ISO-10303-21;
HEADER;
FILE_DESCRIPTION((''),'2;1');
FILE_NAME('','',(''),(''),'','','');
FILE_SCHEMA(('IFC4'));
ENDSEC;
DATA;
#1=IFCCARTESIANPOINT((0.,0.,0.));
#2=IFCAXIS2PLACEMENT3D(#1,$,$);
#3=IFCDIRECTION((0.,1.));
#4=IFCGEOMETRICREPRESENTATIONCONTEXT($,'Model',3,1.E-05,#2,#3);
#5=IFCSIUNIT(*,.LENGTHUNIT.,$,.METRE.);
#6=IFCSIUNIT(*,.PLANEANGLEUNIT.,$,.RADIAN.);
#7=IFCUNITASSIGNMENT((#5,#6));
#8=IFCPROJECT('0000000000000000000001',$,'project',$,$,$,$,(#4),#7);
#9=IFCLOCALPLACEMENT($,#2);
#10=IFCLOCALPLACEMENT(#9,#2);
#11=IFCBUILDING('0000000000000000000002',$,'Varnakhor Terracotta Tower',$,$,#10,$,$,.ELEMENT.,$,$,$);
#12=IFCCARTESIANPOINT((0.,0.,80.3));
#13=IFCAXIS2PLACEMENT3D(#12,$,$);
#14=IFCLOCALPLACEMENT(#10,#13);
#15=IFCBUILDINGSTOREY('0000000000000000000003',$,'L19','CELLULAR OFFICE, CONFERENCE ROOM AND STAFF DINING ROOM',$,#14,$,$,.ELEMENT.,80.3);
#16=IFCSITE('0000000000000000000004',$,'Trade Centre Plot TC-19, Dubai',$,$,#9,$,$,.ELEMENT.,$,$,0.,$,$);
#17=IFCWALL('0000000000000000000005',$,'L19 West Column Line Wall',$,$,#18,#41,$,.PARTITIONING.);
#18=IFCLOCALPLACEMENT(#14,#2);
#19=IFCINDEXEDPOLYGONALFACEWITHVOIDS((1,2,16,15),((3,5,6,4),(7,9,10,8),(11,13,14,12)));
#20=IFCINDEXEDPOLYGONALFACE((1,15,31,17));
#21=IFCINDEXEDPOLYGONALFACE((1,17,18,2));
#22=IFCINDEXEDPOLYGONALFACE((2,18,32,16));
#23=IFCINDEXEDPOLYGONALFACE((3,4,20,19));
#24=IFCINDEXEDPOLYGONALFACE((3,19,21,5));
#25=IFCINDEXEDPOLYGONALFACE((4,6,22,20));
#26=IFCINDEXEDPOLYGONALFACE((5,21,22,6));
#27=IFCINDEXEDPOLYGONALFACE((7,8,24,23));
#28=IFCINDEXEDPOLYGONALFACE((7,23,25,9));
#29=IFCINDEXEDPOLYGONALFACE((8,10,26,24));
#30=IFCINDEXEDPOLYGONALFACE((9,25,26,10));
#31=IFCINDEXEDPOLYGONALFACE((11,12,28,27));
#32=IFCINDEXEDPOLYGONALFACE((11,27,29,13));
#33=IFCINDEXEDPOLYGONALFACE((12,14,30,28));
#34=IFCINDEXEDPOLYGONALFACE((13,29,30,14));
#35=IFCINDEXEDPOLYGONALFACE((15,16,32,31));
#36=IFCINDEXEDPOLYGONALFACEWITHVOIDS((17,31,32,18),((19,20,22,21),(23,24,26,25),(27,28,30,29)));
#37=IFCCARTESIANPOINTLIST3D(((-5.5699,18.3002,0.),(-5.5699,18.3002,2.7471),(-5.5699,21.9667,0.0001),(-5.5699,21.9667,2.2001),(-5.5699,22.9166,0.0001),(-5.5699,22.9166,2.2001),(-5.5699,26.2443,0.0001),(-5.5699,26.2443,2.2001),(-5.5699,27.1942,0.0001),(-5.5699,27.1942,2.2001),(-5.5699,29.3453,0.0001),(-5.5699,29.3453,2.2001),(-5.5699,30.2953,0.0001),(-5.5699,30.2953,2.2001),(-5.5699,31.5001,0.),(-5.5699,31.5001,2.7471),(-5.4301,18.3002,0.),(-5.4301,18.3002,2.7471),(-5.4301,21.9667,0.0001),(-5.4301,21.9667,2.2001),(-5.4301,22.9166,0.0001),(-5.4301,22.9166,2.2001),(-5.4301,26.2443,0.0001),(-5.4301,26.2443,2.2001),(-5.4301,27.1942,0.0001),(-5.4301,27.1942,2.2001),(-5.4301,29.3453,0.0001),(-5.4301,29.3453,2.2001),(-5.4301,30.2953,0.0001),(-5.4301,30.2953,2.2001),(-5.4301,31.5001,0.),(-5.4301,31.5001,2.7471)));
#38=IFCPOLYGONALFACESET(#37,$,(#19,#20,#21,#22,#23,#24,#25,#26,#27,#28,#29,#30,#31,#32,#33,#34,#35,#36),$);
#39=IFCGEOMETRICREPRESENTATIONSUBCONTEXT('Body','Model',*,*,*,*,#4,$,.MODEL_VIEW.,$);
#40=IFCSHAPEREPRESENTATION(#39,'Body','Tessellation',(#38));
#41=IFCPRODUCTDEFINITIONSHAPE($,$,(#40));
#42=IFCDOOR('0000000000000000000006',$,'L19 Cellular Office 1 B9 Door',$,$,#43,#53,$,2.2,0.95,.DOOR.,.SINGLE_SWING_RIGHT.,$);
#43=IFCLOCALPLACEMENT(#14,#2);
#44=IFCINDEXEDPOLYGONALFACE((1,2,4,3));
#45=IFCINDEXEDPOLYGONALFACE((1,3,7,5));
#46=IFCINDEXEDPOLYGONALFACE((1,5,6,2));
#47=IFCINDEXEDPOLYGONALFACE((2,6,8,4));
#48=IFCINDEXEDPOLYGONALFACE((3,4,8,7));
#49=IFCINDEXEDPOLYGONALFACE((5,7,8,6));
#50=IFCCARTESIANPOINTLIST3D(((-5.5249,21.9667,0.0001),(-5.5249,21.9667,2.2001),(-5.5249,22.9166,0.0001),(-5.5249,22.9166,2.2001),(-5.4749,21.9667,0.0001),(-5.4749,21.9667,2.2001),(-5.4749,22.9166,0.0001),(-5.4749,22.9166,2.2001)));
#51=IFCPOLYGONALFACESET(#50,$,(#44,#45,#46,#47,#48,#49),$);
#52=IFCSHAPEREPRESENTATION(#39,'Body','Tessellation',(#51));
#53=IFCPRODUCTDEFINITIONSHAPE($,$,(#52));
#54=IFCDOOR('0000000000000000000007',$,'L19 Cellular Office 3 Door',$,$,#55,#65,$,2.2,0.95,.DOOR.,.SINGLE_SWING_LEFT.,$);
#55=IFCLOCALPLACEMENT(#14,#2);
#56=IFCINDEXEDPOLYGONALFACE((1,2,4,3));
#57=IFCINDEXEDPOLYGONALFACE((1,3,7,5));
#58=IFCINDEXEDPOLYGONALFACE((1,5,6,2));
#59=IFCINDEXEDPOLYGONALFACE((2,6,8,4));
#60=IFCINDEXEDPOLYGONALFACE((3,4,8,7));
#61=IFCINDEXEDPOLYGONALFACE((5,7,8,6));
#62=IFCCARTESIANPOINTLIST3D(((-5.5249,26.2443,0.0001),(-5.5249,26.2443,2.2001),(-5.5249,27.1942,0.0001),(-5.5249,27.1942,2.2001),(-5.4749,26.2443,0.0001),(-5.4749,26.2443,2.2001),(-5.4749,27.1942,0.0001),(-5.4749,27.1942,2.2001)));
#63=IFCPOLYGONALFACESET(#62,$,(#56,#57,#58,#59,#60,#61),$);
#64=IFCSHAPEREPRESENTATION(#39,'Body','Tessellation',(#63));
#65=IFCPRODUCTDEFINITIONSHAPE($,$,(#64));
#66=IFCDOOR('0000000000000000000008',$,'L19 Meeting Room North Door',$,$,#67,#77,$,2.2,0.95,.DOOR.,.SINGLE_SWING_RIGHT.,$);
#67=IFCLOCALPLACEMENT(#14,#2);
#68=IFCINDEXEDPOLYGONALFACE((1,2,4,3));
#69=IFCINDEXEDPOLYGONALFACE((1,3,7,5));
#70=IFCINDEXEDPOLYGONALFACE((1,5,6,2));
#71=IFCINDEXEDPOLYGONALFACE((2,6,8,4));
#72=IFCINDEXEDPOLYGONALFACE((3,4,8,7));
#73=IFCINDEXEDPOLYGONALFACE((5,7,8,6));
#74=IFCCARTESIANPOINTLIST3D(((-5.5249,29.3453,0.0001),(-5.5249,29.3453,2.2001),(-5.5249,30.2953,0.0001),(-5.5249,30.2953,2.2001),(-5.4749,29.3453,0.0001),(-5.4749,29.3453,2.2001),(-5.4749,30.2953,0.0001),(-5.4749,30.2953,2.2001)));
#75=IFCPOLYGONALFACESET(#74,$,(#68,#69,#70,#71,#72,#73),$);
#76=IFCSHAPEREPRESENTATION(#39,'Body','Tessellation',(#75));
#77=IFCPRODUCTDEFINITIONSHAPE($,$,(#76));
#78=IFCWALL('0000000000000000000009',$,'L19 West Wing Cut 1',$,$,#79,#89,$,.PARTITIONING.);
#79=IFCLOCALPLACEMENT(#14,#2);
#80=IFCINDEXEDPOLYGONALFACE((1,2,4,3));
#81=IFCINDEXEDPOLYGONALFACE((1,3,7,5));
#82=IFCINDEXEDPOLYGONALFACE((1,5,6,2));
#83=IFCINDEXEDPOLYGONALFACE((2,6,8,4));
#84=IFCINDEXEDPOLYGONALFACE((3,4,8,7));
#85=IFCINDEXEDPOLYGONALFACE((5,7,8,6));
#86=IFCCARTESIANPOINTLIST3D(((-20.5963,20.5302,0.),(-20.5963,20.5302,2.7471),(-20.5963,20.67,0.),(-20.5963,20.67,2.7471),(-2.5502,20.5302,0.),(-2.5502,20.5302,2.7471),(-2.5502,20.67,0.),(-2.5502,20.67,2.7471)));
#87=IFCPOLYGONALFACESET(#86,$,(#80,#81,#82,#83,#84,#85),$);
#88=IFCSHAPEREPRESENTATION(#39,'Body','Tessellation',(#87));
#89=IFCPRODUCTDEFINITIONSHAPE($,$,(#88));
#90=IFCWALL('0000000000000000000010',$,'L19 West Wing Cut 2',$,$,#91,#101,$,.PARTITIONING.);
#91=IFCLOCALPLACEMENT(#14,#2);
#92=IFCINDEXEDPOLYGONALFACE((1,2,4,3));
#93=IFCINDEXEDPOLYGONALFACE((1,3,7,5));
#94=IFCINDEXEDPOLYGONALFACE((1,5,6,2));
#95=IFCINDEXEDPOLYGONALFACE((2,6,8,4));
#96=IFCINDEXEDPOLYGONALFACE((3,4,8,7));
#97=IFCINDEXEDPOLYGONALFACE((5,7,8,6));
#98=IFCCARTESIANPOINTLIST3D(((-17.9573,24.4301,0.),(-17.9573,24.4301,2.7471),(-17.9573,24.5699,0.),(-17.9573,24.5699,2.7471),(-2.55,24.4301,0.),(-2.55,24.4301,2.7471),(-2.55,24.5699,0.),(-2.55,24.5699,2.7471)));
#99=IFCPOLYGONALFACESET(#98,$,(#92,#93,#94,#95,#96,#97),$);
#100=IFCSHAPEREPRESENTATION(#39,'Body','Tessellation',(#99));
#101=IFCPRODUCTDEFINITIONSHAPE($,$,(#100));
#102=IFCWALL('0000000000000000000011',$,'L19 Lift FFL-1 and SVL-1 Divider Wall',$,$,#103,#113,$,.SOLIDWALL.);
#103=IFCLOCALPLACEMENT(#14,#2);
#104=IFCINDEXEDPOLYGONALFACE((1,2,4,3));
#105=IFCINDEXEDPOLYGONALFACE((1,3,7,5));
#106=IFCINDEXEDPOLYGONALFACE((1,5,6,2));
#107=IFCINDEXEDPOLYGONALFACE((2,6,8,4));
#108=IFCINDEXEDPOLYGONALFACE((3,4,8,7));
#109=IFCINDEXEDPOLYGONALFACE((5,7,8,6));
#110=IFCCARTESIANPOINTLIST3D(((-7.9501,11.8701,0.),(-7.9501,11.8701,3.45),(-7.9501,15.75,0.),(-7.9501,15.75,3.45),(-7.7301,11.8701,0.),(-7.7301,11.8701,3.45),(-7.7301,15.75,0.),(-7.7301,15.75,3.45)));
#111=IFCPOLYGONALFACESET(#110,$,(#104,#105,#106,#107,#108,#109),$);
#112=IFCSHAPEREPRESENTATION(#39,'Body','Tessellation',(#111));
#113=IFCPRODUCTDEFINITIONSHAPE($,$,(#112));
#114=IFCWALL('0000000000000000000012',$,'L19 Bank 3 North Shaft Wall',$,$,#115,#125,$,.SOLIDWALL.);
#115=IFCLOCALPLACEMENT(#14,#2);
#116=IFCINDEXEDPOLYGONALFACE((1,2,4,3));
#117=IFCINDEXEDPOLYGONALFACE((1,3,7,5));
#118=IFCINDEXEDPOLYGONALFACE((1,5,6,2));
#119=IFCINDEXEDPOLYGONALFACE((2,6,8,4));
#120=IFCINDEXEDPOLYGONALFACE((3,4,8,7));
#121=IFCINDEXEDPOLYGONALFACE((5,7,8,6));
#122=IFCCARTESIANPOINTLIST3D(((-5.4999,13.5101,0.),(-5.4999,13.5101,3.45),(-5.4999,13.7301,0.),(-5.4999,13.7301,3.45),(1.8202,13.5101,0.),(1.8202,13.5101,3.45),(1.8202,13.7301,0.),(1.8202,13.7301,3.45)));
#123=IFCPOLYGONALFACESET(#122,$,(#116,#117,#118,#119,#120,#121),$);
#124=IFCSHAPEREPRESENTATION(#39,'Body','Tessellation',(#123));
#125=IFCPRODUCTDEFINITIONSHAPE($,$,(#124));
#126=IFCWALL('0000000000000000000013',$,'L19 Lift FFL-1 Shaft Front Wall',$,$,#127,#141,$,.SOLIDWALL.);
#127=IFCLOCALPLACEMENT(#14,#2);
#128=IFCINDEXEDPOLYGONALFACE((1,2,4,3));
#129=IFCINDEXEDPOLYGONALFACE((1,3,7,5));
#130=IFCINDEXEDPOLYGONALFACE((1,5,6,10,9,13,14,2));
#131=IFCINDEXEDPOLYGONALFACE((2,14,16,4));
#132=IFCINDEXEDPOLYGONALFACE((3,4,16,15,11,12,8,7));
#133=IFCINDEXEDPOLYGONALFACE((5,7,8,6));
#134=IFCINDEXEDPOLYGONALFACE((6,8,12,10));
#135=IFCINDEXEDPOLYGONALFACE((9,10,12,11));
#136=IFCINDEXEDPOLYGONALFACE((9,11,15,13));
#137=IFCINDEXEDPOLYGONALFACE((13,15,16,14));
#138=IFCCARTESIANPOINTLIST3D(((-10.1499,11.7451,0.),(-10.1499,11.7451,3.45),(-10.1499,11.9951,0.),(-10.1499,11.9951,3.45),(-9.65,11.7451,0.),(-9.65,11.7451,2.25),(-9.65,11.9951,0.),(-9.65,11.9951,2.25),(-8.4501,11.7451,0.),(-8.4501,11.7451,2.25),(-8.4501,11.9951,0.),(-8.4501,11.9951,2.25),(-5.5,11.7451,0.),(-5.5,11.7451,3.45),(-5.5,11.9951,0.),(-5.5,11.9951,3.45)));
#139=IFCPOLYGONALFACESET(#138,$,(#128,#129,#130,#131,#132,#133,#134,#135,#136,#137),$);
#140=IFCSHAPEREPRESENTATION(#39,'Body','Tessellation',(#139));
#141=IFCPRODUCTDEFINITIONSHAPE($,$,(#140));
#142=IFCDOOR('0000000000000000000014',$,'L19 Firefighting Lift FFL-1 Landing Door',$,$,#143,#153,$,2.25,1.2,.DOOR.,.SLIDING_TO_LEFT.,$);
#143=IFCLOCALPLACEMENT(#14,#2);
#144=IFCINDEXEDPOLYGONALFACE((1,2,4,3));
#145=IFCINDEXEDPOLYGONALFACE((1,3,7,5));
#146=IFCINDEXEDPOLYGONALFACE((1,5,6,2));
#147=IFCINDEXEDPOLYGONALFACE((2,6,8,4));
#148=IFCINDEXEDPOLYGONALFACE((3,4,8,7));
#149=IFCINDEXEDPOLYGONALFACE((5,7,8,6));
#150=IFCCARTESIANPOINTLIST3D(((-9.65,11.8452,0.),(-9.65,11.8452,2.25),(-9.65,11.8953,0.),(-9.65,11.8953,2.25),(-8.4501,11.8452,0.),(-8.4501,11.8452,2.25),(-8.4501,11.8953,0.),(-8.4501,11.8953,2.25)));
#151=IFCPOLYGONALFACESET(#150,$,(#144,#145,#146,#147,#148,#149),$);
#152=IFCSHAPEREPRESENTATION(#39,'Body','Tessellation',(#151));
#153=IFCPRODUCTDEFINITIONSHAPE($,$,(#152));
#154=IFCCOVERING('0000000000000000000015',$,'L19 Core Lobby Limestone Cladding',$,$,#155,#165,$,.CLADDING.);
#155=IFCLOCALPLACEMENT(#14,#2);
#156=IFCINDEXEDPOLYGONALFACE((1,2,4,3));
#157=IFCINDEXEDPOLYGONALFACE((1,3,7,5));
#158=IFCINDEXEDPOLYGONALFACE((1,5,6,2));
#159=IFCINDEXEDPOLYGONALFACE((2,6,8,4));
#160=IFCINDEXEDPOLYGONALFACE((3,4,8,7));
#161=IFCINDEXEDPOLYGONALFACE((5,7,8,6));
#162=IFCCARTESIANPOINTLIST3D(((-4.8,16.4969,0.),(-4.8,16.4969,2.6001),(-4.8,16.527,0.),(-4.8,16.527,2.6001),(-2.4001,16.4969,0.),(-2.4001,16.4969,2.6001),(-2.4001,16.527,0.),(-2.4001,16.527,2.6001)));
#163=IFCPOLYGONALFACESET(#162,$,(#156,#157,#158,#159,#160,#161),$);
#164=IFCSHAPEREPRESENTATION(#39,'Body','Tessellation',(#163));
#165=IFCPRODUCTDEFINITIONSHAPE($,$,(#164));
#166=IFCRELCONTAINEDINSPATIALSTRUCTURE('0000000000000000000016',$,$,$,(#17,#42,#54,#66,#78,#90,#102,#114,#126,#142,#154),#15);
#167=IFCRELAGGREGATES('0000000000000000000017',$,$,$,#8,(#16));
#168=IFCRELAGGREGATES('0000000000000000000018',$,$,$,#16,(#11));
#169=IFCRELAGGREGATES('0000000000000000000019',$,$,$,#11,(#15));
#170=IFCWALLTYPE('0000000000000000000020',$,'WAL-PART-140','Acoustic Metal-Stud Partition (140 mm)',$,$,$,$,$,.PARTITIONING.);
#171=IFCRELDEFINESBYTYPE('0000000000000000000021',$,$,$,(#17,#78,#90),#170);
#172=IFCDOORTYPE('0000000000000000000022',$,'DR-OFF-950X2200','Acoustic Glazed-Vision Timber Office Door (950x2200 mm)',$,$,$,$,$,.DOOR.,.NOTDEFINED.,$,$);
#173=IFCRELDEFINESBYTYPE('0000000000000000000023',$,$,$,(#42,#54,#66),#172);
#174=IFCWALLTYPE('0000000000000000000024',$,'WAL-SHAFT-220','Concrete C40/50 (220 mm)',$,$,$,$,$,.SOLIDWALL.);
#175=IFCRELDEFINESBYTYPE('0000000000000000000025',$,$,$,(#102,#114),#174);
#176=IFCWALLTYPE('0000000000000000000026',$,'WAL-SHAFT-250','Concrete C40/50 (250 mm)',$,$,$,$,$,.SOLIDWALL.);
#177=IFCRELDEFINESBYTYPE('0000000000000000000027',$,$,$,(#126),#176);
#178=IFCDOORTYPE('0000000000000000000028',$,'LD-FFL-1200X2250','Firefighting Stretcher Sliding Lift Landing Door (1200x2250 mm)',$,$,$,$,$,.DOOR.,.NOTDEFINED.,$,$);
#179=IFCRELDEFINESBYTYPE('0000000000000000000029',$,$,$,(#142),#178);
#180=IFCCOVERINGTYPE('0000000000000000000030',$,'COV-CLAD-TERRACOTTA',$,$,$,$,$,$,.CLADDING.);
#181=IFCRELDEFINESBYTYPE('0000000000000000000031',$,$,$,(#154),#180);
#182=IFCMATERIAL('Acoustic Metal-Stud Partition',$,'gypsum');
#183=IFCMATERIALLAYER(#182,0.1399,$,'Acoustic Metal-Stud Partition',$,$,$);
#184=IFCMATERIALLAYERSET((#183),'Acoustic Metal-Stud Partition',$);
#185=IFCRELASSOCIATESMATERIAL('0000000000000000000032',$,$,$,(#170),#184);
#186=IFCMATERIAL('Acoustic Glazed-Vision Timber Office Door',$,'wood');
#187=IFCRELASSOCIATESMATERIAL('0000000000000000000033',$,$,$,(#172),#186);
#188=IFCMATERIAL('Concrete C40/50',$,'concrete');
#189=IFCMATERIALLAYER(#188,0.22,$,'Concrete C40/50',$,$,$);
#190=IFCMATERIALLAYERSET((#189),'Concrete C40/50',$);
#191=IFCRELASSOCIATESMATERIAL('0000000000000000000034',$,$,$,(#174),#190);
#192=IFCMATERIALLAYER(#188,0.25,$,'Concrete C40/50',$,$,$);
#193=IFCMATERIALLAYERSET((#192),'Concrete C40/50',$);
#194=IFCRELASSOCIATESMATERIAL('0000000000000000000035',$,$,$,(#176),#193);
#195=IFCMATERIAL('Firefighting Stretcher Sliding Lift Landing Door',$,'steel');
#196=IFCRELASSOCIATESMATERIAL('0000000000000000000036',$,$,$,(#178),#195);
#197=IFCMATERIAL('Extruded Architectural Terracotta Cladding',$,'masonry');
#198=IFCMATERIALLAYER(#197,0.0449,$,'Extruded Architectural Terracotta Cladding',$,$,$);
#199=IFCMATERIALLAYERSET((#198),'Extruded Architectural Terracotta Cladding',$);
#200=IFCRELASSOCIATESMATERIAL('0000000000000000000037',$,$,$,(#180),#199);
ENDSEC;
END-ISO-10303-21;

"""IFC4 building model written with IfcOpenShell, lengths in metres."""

from ifc_helpers import new_model, si_unit, direction, frame, frame_2d, origin, origin_2d, place, context, subcontext, project, spatial, rectangle, extrude, source, transform, mapped, material, layer, layer_set, type_object, type_shapes, element, fill, save


model = new_model("IFC4")

# Units and contexts
model_context = context("Model", 3, precision=1e-05, world=origin(), true_north=direction((0.0, 1.0)))
body_context = subcontext(model_context, "Body", "Model", "MODEL_VIEW")
ifc_project = project(units=[si_unit("LENGTHUNIT", "METRE"), si_unit("PLANEANGLEUNIT", "RADIAN")], contexts=[model_context])

# Site, building, storey
site_placement = place(None, origin())
site = spatial("IfcSite", under=ifc_project, at=site_placement, Name="Trade Centre Plot TC-19, Dubai", CompositionType="ELEMENT", RefElevation=0.0)
building_placement = place(site_placement, origin())
building = spatial("IfcBuilding", under=site, at=building_placement, Name="Varnakhor Terracotta Tower", CompositionType="ELEMENT")
storey_placement = place(building_placement, frame((0.0, 0.0, 80.3)))
storey = spatial("IfcBuildingStorey", under=building, at=storey_placement, Name="L19", Description="CELLULAR OFFICE, CONFERENCE ROOM AND STAFF DINING ROOM", CompositionType="ELEMENT", Elevation=80.3)

# Wall, openings, doors
ifc_material_1 = material(Name="Acoustic Metal-Stud Partition", Category="gypsum")
ifc_layer_1 = layer(ifc_material_1, 0.1399, Name="Acoustic Metal-Stud Partition")
ifc_layer_set_1 = layer_set([ifc_layer_1], Name="Acoustic Metal-Stud Partition")
wall_type_1 = type_object("IfcWallType", Name="WAL-PART-140", Description="Acoustic Metal-Stud Partition (140 mm)", PredefinedType="PARTITIONING", material=ifc_layer_set_1)
wall_1_placement = place(storey_placement, frame((-5.5, 18.3, 0.0), z_axis=(0.0, 0.0, 1.0), x_axis=(0.0, 1.0, 0.0)))
wall_1 = element("IfcWall", 1, at=wall_1_placement, inside=storey, type_object=wall_type_1, Name="L19 West Column Line Wall", PredefinedType="PARTITIONING", context=body_context, shape_type="SweptSolid", body=[
    extrude(rectangle(XDim=13.2, YDim=0.1399, at=frame_2d((6.6001, 0.0))), origin(), (0.0, 0.0, 1.0), 2.7471),
])
opening_1_placement = place(wall_1_placement, frame((3.6665, 0.0, 0.0)))
opening_1 = element("IfcOpeningElement", 2, at=opening_1_placement, cuts=wall_1, PredefinedType="OPENING", context=body_context, shape_type="SweptSolid", body=[
    extrude(rectangle(XDim=0.95, YDim=2.2, at=frame_2d((0.4751, 1.1001))), frame((0.0, 0.0801, 0.0), z_axis=(0.0, -1.0, 0.0), x_axis=(1.0, 0.0, 0.0)), (0.0, 0.0, 1.0), 0.1599),
])
opening_2_placement = place(wall_1_placement, frame((7.9441, 0.0, 0.0)))
opening_2 = element("IfcOpeningElement", 3, at=opening_2_placement, cuts=wall_1, PredefinedType="OPENING", context=body_context, shape_type="SweptSolid", body=[
    extrude(rectangle(XDim=0.95, YDim=2.2, at=frame_2d((0.4751, 1.1001))), frame((0.0, 0.0801, 0.0), z_axis=(0.0, -1.0, 0.0), x_axis=(1.0, 0.0, 0.0)), (0.0, 0.0, 1.0), 0.1599),
])
opening_3_placement = place(wall_1_placement, frame((11.0452, 0.0, 0.0)))
opening_3 = element("IfcOpeningElement", 4, at=opening_3_placement, cuts=wall_1, PredefinedType="OPENING", context=body_context, shape_type="SweptSolid", body=[
    extrude(rectangle(XDim=0.95, YDim=2.2, at=frame_2d((0.4751, 1.1001))), frame((0.0, 0.0801, 0.0), z_axis=(0.0, -1.0, 0.0), x_axis=(1.0, 0.0, 0.0)), (0.0, 0.0, 1.0), 0.1599),
])
ifc_material_2 = material(Name="Acoustic Glazed-Vision Timber Office Door", Category="wood")
door_type_1 = type_object("IfcDoorType", Name="DR-OFF-950X2200", Description="Acoustic Glazed-Vision Timber Office Door (950x2200 mm)", OperationType="NOTDEFINED", PredefinedType="DOOR", material=ifc_material_2)
shared_shape_1 = source(origin(), body_context, "Body", "SweptSolid", [
    extrude(rectangle(XDim=0.95, YDim=2.2, at=frame_2d((0.4751, 1.1001))), frame((0.0, 0.0249, 0.0), z_axis=(0.0, -1.0, 0.0), x_axis=(1.0, 0.0, 0.0)), (0.0, 0.0, 1.0), 0.05),
])
type_shapes(door_type_1, [shared_shape_1])
door_1_placement = place(opening_1_placement, origin())
door_1 = element("IfcDoor", 5, at=door_1_placement, inside=storey, type_object=door_type_1, Name="L19 Cellular Office 1 B9 Door", OperationType="SINGLE_SWING_RIGHT", OverallHeight=2.2, OverallWidth=0.95, PredefinedType="DOOR", context=body_context, shape_type="MappedRepresentation", body=[
    mapped(shared_shape_1, transform((0.0, 0.0, 0.0), scale=1.0)),
])
fill(opening_1, door_1)
door_2_placement = place(opening_2_placement, origin())
door_2 = element("IfcDoor", 6, at=door_2_placement, inside=storey, type_object=door_type_1, Name="L19 Cellular Office 3 Door", OperationType="SINGLE_SWING_LEFT", OverallHeight=2.2, OverallWidth=0.95, PredefinedType="DOOR", context=body_context, shape_type="MappedRepresentation", body=[
    mapped(shared_shape_1, transform((0.0, 0.0, 0.0), scale=1.0)),
])
fill(opening_2, door_2)
door_3_placement = place(opening_3_placement, origin())
door_3 = element("IfcDoor", 7, at=door_3_placement, inside=storey, type_object=door_type_1, Name="L19 Meeting Room North Door", OperationType="SINGLE_SWING_RIGHT", OverallHeight=2.2, OverallWidth=0.95, PredefinedType="DOOR", context=body_context, shape_type="MappedRepresentation", body=[
    mapped(shared_shape_1, transform((0.0, 0.0, 0.0), scale=1.0)),
])
fill(opening_3, door_3)

# Walls
wall_2_placement = place(storey_placement, frame((-20.5962, 20.6001, 0.0), z_axis=(0.0, 0.0, 1.0), x_axis=(1.0, 0.0, 0.0)))
element("IfcWall", 8, at=wall_2_placement, inside=storey, type_object=wall_type_1, Name="L19 West Wing Cut 1", PredefinedType="PARTITIONING", context=body_context, shape_type="SweptSolid", body=[
    extrude(rectangle(XDim=18.0461, YDim=0.1399, at=frame_2d((9.0229, 0.0))), origin(), (0.0, 0.0, 1.0), 2.7471),
])
wall_3_placement = place(storey_placement, frame((-17.9573, 24.5, 0.0), z_axis=(0.0, 0.0, 1.0), x_axis=(1.0, 0.0, 0.0)))
element("IfcWall", 9, at=wall_3_placement, inside=storey, type_object=wall_type_1, Name="L19 West Wing Cut 2", PredefinedType="PARTITIONING", context=body_context, shape_type="SweptSolid", body=[
    extrude(rectangle(XDim=15.4072, YDim=0.1399, at=frame_2d((7.7036, 0.0))), origin(), (0.0, 0.0, 1.0), 2.7471),
])
ifc_material_3 = material(Name="Concrete C40/50", Category="concrete")
ifc_layer_2 = layer(ifc_material_3, 0.22, Name="Concrete C40/50")
ifc_layer_set_2 = layer_set([ifc_layer_2], Name="Concrete C40/50")
wall_type_2 = type_object("IfcWallType", Name="WAL-SHAFT-220", Description="Concrete C40/50 (220 mm)", PredefinedType="SOLIDWALL", material=ifc_layer_set_2)
wall_4_placement = place(storey_placement, frame((-7.8401, 11.8701, 0.0), z_axis=(0.0, 0.0, 1.0), x_axis=(0.0, 1.0, 0.0)))
element("IfcWall", 10, at=wall_4_placement, inside=storey, type_object=wall_type_2, Name="L19 Lift FFL-1 and SVL-1 Divider Wall", PredefinedType="SOLIDWALL", context=body_context, shape_type="SweptSolid", body=[
    extrude(rectangle(XDim=3.8799, YDim=0.22, at=frame_2d((1.9399, 0.0))), origin(), (0.0, 0.0, 1.0), 3.45),
])
wall_5_placement = place(storey_placement, frame((-5.5, 13.6201, 0.0), z_axis=(0.0, 0.0, 1.0), x_axis=(1.0, 0.0, 0.0)))
element("IfcWall", 11, at=wall_5_placement, inside=storey, type_object=wall_type_2, Name="L19 Bank 3 North Shaft Wall", PredefinedType="SOLIDWALL", context=body_context, shape_type="SweptSolid", body=[
    extrude(rectangle(XDim=7.3201, YDim=0.22, at=frame_2d((3.6602, 0.0))), origin(), (0.0, 0.0, 1.0), 3.45),
])

# Wall, opening, door
ifc_layer_3 = layer(ifc_material_3, 0.25, Name="Concrete C40/50")
ifc_layer_set_3 = layer_set([ifc_layer_3], Name="Concrete C40/50")
wall_type_3 = type_object("IfcWallType", Name="WAL-SHAFT-250", Description="Concrete C40/50 (250 mm)", PredefinedType="SOLIDWALL", material=ifc_layer_set_3)
wall_6_placement = place(storey_placement, frame((-5.5, 11.8701, 0.0), z_axis=(0.0, 0.0, 1.0), x_axis=(-1.0, 0.0, 0.0)))
wall_6 = element("IfcWall", 12, at=wall_6_placement, inside=storey, type_object=wall_type_3, Name="L19 Lift FFL-1 Shaft Front Wall", PredefinedType="SOLIDWALL", context=body_context, shape_type="SweptSolid", body=[
    extrude(rectangle(XDim=4.6499, YDim=0.25, at=frame_2d((2.325, 0.0))), origin(), (0.0, 0.0, 1.0), 3.45),
])
opening_4_placement = place(wall_6_placement, frame((2.95, 0.0, 0.0)))
opening_4 = element("IfcOpeningElement", 13, at=opening_4_placement, cuts=wall_6, PredefinedType="OPENING", context=body_context, shape_type="SweptSolid", body=[
    extrude(rectangle(XDim=1.2, YDim=2.25, at=frame_2d((0.6001, 1.125))), frame((0.0, 0.135, 0.0), z_axis=(0.0, -1.0, 0.0), x_axis=(1.0, 0.0, 0.0)), (0.0, 0.0, 1.0), 0.27),
])
ifc_material_4 = material(Name="Firefighting Stretcher Sliding Lift Landing Door", Category="steel")
door_type_2 = type_object("IfcDoorType", Name="LD-FFL-1200X2250", Description="Firefighting Stretcher Sliding Lift Landing Door (1200x2250 mm)", OperationType="NOTDEFINED", PredefinedType="DOOR", material=ifc_material_4)
shared_shape_2 = source(origin(), body_context, "Body", "SweptSolid", [
    extrude(rectangle(XDim=1.2, YDim=2.25, at=frame_2d((0.6001, 1.125))), frame((0.0, 0.0249, 0.0), z_axis=(0.0, -1.0, 0.0), x_axis=(1.0, 0.0, 0.0)), (0.0, 0.0, 1.0), 0.05),
])
type_shapes(door_type_2, [shared_shape_2])
door_4_placement = place(opening_4_placement, origin())
door_4 = element("IfcDoor", 14, at=door_4_placement, inside=storey, type_object=door_type_2, Name="L19 Firefighting Lift FFL-1 Landing Door", OperationType="SLIDING_TO_LEFT", OverallHeight=2.25, OverallWidth=1.2, PredefinedType="DOOR", context=body_context, shape_type="MappedRepresentation", body=[
    mapped(shared_shape_2, transform((0.0, 0.0, 0.0), scale=1.0)),
])
fill(opening_4, door_4)

# Covering
ifc_material_5 = material(Name="Extruded Architectural Terracotta Cladding", Category="masonry")
ifc_layer_4 = layer(ifc_material_5, 0.0449, Name="Extruded Architectural Terracotta Cladding")
ifc_layer_set_4 = layer_set([ifc_layer_4], Name="Extruded Architectural Terracotta Cladding")
covering_type_1 = type_object("IfcCoveringType", Name="COV-CLAD-TERRACOTTA", PredefinedType="CLADDING", material=ifc_layer_set_4)
shared_shape_3 = source(origin(), body_context, "Body", "SweptSolid", [
    extrude(rectangle(XDim=2.3999, YDim=0.03, at=origin_2d()), origin(), (0.0, 0.0, 1.0), 2.6001),
])
type_shapes(covering_type_1, [shared_shape_3])
covering_1_placement = place(storey_placement, frame((-3.6001, 16.512, 0.0), z_axis=(0.0, 0.0, 1.0), x_axis=(1.0, 0.0, 0.0)))
element("IfcCovering", 15, at=covering_1_placement, inside=storey, type_object=covering_type_1, Name="L19 Core Lobby Limestone Cladding", PredefinedType="CLADDING", context=body_context, shape_type="MappedRepresentation", body=[
    mapped(shared_shape_3, transform((0.0, 0.0, 0.0), scale=1.0)),
])

save(model, "model.ifc")
